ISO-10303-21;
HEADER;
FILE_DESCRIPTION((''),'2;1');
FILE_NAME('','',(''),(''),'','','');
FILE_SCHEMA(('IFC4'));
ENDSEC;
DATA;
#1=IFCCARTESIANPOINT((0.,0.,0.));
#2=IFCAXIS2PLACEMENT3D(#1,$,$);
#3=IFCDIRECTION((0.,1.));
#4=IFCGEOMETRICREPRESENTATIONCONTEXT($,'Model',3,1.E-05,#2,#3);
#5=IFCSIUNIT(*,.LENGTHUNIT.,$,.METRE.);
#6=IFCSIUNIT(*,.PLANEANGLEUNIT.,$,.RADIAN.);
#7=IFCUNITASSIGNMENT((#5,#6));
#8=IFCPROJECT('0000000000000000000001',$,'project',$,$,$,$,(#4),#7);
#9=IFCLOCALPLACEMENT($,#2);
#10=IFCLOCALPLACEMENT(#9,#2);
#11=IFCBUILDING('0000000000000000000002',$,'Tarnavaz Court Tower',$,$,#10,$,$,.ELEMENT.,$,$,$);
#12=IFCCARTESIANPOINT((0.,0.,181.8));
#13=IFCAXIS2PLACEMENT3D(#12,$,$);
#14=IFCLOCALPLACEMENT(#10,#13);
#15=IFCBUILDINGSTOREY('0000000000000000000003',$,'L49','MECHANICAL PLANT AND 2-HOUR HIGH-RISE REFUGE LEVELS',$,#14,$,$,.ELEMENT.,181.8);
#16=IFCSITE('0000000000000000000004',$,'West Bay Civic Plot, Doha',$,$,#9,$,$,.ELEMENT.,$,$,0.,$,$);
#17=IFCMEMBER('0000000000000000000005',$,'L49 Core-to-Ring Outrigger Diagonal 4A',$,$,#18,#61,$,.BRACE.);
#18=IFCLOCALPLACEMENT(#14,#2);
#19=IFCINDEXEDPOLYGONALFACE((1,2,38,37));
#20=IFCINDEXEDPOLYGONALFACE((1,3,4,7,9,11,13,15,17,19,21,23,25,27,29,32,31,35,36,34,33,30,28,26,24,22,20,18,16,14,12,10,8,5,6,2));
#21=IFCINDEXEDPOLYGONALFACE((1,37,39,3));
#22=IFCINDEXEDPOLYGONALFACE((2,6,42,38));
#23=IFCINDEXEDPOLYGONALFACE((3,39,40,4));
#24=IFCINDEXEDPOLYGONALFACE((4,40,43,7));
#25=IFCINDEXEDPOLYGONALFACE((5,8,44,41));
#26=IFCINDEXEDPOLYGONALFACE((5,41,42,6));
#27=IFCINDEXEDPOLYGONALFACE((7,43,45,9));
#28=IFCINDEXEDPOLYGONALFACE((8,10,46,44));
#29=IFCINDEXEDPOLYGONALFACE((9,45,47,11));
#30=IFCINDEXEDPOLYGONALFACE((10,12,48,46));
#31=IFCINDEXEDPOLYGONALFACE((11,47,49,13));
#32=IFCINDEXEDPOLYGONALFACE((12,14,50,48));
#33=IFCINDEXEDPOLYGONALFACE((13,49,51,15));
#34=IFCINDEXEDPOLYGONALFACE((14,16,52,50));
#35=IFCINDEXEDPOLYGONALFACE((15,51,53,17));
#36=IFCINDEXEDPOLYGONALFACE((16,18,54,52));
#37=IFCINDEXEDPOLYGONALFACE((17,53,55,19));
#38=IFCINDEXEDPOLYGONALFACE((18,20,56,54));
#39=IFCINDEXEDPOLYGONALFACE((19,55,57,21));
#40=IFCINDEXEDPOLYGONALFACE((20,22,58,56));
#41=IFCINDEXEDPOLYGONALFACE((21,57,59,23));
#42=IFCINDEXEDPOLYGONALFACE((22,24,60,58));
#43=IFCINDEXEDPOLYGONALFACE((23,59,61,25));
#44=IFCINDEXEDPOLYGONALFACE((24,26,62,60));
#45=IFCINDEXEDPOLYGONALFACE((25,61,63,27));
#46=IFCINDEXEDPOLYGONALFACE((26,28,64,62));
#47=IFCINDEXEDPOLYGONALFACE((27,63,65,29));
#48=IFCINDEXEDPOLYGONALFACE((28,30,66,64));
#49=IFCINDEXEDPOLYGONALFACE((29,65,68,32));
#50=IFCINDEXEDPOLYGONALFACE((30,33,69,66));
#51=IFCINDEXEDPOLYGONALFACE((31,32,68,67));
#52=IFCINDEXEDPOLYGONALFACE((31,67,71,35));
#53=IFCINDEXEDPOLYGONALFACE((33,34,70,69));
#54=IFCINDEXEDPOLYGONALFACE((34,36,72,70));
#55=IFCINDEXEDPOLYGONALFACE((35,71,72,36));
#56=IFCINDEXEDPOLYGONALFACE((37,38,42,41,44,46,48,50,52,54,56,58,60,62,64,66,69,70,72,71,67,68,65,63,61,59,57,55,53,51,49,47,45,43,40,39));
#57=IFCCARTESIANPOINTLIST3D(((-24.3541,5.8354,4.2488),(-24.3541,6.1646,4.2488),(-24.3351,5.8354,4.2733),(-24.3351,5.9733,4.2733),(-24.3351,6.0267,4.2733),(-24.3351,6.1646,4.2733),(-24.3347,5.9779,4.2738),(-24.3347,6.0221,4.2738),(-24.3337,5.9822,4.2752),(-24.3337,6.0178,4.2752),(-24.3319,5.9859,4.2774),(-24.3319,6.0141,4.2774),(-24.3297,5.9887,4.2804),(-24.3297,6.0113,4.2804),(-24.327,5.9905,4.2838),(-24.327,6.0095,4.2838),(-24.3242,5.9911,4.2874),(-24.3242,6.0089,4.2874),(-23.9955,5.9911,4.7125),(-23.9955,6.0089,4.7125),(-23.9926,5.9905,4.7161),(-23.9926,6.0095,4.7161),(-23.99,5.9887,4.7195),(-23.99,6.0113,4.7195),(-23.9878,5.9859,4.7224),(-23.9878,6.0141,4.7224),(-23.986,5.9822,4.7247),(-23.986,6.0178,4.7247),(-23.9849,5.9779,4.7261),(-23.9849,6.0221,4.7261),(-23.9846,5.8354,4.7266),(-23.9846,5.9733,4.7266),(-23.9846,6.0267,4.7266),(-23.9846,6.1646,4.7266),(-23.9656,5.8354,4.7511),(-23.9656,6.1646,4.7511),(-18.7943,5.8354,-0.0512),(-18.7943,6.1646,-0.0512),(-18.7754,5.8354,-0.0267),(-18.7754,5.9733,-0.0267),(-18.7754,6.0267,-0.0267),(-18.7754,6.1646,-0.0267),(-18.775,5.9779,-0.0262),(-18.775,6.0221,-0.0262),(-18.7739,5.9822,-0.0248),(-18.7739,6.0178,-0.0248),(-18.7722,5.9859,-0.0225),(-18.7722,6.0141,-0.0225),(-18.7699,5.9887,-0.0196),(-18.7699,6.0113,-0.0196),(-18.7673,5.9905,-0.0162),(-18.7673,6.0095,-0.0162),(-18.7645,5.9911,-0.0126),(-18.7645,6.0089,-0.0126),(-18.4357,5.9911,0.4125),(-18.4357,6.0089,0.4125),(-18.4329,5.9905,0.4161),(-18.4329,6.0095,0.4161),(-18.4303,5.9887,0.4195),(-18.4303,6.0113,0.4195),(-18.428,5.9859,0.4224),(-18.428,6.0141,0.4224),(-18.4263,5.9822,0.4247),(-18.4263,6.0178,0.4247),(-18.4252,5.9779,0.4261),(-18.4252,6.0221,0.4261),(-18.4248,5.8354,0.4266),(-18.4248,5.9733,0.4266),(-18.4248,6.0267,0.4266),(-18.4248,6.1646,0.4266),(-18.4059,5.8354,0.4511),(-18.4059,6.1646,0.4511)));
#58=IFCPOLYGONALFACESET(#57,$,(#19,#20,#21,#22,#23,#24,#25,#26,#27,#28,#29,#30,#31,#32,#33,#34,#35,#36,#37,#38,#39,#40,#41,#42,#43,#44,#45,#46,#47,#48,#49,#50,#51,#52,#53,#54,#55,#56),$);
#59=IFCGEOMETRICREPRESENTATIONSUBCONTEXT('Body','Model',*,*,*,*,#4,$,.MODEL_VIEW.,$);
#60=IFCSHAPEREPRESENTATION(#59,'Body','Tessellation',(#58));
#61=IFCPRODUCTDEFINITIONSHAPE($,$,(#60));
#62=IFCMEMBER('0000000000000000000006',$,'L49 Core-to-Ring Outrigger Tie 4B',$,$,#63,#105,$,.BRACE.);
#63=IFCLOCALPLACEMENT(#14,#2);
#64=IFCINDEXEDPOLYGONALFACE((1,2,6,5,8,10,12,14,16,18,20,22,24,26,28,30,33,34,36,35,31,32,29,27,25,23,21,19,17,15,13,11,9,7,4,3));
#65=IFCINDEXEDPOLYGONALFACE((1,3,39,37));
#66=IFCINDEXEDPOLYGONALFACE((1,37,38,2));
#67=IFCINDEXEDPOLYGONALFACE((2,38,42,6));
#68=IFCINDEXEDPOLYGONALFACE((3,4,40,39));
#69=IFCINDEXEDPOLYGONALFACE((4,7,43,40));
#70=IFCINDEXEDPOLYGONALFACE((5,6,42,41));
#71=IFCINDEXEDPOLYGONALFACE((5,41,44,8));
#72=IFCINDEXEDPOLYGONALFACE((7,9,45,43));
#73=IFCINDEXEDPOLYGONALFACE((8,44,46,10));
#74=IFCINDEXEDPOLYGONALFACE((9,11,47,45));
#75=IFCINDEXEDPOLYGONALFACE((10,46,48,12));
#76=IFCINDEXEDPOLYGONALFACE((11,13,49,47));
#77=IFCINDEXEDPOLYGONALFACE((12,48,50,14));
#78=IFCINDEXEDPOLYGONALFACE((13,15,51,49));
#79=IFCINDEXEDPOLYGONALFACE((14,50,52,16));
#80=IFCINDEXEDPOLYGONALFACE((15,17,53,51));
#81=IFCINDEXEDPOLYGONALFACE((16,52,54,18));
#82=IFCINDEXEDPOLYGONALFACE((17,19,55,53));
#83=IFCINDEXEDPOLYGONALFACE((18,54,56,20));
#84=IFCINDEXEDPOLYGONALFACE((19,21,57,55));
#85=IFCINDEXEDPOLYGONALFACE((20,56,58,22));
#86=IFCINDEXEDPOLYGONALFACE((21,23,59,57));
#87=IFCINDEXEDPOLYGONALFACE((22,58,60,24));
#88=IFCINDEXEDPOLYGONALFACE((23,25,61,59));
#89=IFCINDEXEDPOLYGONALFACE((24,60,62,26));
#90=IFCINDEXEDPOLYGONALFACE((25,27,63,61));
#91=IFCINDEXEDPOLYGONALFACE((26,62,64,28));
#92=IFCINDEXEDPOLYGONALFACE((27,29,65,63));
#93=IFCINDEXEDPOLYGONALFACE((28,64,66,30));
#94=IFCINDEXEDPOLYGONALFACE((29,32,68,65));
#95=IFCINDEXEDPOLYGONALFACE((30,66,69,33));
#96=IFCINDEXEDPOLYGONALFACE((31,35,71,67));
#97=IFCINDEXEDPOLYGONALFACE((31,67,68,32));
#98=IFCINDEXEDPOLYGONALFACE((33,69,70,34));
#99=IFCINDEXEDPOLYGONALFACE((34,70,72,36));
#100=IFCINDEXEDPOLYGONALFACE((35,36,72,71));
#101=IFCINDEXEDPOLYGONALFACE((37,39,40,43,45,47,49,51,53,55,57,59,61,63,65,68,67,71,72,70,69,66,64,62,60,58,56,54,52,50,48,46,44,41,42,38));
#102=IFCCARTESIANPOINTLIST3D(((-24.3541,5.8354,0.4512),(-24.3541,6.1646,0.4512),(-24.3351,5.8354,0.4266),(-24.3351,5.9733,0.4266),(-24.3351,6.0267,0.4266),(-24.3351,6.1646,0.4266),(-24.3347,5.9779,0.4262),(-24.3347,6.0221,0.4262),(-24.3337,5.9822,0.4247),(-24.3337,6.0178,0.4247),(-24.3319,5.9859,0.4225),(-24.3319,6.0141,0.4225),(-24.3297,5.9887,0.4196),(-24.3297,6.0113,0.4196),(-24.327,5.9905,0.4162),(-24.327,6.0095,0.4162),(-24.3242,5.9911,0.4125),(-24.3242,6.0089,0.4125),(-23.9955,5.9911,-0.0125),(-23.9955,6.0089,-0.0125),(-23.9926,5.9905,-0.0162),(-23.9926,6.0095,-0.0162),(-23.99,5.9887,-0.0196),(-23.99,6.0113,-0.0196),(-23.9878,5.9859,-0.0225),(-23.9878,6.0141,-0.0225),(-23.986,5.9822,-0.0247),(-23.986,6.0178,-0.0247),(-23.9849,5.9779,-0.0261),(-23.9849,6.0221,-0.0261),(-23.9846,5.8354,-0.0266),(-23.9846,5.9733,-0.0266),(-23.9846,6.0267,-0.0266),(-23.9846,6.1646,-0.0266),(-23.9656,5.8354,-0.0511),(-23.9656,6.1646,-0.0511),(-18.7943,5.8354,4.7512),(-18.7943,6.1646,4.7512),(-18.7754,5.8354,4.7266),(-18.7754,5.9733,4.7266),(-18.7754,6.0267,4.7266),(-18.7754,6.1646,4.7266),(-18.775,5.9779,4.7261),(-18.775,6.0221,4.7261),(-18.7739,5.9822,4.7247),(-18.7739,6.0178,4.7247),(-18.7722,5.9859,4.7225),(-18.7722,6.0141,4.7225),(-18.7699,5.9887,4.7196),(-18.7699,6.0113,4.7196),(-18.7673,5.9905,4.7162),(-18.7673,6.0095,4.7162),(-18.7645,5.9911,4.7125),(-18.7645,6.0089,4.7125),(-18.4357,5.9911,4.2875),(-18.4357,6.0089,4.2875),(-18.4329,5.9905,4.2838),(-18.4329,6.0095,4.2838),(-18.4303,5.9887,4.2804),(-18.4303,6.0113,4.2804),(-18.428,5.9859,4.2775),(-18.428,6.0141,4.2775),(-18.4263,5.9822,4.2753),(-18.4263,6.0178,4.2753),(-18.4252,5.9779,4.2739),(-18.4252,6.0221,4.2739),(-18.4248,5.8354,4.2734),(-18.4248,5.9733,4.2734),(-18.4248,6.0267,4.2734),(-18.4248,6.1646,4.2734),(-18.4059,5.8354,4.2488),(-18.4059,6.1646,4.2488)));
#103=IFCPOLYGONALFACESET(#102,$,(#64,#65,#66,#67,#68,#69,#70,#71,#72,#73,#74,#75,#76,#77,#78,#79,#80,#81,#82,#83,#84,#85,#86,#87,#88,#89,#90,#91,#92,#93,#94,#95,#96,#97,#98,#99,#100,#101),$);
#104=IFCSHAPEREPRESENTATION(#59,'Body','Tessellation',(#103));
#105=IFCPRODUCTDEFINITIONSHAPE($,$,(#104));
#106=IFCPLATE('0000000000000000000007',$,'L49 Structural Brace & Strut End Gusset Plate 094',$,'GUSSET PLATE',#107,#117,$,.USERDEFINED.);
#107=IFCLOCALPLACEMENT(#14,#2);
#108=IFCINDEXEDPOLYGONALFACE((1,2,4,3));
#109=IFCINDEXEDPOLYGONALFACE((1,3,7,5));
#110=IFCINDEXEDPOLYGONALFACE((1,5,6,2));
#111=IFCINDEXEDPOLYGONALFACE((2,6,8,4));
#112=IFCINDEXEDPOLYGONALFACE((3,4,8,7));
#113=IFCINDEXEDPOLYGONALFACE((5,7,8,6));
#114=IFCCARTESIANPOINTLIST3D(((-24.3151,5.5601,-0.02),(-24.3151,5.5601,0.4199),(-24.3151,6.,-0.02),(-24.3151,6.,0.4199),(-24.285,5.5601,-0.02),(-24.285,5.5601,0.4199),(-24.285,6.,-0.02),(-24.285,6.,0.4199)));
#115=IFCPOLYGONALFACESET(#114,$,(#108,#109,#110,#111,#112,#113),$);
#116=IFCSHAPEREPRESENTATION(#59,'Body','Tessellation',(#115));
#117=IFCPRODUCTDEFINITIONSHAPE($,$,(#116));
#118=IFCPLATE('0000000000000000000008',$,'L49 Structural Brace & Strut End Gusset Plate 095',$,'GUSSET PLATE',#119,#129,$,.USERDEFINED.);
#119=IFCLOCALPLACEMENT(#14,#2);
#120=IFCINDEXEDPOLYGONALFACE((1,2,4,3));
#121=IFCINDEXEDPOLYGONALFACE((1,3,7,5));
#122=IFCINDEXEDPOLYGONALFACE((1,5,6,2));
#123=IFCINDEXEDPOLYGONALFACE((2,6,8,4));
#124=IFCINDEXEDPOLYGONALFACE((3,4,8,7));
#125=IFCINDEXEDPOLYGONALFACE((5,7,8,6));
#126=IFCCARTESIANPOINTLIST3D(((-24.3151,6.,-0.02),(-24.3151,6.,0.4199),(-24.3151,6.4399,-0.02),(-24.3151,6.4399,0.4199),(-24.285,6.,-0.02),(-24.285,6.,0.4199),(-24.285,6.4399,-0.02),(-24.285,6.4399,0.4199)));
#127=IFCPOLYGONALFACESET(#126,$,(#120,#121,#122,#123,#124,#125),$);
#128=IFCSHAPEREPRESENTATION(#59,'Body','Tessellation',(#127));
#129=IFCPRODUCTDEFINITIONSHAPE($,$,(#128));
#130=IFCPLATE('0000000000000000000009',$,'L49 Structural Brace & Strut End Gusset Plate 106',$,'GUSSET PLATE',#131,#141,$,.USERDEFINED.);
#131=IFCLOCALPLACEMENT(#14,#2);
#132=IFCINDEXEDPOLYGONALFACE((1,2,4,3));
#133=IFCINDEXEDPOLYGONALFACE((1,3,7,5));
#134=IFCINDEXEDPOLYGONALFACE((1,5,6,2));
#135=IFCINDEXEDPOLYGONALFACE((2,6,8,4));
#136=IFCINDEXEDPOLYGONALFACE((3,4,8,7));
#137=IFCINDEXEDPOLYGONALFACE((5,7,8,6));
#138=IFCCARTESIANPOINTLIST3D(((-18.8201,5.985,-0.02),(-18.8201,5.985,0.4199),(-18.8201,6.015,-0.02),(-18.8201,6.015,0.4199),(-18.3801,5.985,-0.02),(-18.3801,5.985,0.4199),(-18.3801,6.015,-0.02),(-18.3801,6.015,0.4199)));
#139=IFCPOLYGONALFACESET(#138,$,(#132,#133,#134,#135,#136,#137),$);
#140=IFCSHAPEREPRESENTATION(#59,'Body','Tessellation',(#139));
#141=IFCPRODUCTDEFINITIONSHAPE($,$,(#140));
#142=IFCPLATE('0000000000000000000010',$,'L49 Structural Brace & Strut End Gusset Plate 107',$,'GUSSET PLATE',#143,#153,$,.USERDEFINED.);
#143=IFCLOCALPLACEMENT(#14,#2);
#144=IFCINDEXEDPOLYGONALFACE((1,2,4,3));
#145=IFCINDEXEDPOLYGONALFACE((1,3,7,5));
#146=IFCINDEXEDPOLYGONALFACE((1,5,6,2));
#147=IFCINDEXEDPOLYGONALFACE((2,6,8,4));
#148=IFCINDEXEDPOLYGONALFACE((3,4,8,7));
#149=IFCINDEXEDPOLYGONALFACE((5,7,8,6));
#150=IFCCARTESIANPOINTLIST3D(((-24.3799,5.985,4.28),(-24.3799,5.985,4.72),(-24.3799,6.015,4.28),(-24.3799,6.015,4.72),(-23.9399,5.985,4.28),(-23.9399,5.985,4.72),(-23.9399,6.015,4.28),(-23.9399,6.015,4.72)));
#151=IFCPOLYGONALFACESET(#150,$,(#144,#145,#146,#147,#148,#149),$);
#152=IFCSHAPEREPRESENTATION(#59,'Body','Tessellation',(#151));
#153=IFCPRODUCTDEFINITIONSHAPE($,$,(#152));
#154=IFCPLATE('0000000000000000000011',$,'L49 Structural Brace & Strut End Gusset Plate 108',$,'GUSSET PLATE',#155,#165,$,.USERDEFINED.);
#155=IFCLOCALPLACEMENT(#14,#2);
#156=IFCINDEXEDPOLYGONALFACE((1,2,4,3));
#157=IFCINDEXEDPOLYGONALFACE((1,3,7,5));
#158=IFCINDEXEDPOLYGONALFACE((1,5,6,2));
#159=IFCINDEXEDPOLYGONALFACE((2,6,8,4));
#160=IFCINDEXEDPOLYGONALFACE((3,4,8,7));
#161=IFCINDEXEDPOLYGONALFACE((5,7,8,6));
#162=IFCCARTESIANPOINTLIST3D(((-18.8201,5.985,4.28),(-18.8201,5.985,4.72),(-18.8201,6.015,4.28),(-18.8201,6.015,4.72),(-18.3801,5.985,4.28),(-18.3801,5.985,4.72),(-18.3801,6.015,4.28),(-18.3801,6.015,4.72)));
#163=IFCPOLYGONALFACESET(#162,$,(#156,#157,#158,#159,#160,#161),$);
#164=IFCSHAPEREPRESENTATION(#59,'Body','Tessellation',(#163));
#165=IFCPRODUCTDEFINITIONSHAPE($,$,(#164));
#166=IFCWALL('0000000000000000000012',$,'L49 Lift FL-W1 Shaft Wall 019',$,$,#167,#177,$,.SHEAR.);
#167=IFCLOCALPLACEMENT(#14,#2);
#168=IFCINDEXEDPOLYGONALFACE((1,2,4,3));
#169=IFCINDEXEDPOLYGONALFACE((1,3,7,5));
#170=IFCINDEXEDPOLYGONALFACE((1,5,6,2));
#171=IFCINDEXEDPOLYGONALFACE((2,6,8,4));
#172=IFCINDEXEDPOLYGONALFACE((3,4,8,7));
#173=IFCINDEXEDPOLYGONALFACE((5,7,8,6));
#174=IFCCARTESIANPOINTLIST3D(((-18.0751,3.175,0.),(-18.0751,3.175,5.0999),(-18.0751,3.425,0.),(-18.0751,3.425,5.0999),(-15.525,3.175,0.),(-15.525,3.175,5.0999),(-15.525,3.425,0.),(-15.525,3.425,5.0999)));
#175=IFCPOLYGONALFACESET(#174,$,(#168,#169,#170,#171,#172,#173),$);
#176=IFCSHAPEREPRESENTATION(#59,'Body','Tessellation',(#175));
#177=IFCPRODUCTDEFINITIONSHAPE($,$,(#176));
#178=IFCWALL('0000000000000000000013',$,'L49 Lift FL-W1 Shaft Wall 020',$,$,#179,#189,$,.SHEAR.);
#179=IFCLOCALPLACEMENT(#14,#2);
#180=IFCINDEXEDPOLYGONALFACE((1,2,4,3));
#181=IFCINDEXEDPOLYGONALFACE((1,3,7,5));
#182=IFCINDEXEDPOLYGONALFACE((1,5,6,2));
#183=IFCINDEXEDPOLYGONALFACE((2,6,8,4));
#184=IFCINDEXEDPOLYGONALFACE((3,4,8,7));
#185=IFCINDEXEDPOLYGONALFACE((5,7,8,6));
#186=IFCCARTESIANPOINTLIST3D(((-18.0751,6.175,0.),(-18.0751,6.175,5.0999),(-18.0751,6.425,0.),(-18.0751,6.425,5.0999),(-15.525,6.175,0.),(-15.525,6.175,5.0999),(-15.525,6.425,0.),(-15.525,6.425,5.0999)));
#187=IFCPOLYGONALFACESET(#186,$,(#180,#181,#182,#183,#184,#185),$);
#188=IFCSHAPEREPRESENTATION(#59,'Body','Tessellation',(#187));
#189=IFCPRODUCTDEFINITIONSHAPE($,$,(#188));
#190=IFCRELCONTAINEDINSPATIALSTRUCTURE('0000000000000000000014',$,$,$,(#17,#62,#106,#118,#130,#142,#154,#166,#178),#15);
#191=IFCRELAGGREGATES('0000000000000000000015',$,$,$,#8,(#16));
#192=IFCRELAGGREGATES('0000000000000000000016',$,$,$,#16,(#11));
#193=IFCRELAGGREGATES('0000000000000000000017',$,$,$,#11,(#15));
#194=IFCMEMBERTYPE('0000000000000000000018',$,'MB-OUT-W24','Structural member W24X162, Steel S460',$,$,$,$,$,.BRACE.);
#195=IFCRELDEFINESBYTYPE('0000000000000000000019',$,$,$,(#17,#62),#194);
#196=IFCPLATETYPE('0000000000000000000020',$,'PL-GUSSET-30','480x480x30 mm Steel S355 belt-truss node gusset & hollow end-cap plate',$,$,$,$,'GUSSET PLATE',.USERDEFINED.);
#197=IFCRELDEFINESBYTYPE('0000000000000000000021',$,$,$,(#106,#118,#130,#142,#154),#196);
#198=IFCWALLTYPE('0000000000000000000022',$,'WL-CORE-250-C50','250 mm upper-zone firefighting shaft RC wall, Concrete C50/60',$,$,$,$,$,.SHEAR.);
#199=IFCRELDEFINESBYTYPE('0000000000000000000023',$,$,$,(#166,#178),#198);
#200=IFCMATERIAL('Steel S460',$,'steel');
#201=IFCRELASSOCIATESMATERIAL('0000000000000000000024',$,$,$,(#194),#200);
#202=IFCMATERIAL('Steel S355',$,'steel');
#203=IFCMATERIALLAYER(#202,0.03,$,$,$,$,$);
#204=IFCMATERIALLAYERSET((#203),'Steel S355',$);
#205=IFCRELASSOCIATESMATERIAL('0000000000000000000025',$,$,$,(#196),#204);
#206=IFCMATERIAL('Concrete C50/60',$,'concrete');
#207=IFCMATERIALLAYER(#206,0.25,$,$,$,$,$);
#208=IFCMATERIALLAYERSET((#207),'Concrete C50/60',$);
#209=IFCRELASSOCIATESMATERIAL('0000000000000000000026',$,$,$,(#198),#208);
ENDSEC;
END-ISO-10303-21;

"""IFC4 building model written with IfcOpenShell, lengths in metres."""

from ifc_helpers import new_model, si_unit, direction, frame, frame_2d, origin, origin_2d, place, context, subcontext, project, spatial, rectangle, i_section, extrude, material, layer, layer_set, material_profile, profile_set, type_object, element, save


model = new_model("IFC4")

# Units and contexts
model_context = context("Model", 3, precision=1e-05, world=origin(), true_north=direction((0.0, 1.0)))
body_context = subcontext(model_context, "Body", "Model", "MODEL_VIEW")
ifc_project = project(units=[si_unit("LENGTHUNIT", "METRE"), si_unit("PLANEANGLEUNIT", "RADIAN")], contexts=[model_context])

# Site, building, storey
site_placement = place(None, origin())
site = spatial("IfcSite", under=ifc_project, at=site_placement, Name="West Bay Civic Plot, Doha", CompositionType="ELEMENT", RefElevation=0.0)
building_placement = place(site_placement, origin())
building = spatial("IfcBuilding", under=site, at=building_placement, Name="Tarnavaz Court Tower", CompositionType="ELEMENT")
storey_placement = place(building_placement, frame((0.0, 0.0, 181.8)))
storey = spatial("IfcBuildingStorey", under=building, at=storey_placement, Name="L49", Description="MECHANICAL PLANT AND 2-HOUR HIGH-RISE REFUGE LEVELS", CompositionType="ELEMENT", Elevation=181.8)

# Shared definitions
ifc_material_1 = material(Name="Steel S460", Category="steel")

# Shared definitions
ifc_material_2 = material(Name="Concrete C50/60", Category="concrete")

# Members
ifc_material_profile_1 = material_profile(ifc_material_1, i_section(OverallWidth=0.3291, OverallDepth=0.635, WebThickness=0.0178, FlangeThickness=0.031, FilletRadius=0.0178, at=origin_2d()), Name="W24X162")
ifc_profile_set_1 = profile_set([ifc_material_profile_1], Name="Steel S460")
member_type_1 = type_object("IfcMemberType", Name="MB-OUT-W24", Description="Structural member W24X162, Steel S460", PredefinedType="BRACE", material=ifc_profile_set_1)
for number, where, z_axis, x_axis, name in (
    (1, (-18.6001, 6.0, 0.2), (-0.791021, 0.0, 0.611789), (0.0, -1.0, 0.0), "L49 Core-to-Ring Outrigger Diagonal 4A"),
    (2, (-18.6001, 6.0, 4.5), (-0.791021, 0.0, -0.611789), (0.0, -1.0, 0.0), "L49 Core-to-Ring Outrigger Tie 4B"),
):
    element("IfcMember", number, at=place(storey_placement, frame(where, z_axis=z_axis, x_axis=x_axis)), inside=storey, type_object=member_type_1, Name=name, PredefinedType="BRACE", context=body_context, shape_type="SweptSolid", body=[
        extrude(i_section(OverallWidth=0.3291, OverallDepth=0.635, WebThickness=0.0178, FlangeThickness=0.031, FilletRadius=0.0178, at=origin_2d()), origin(), (0.0, 0.0, 1.0), 7.0286),
    ])

# Plates
ifc_material_3 = material(Name="Steel S355", Category="steel")
ifc_layer_1 = layer(ifc_material_3, 0.03)
ifc_layer_set_1 = layer_set([ifc_layer_1], Name="Steel S355")
plate_type = type_object("IfcPlateType", Name="PL-GUSSET-30", Description="480x480x30 mm Steel S355 belt-truss node gusset & hollow end-cap plate", ElementType="GUSSET PLATE", PredefinedType="USERDEFINED", material=ifc_layer_set_1)
for number, where, z_axis, x_axis, name in (
    (3, (-24.3, 5.78, -0.02), (0.0, 0.0, 1.0), (0.0, 1.0, 0.0), "L49 Structural Brace & Strut End Gusset Plate 094"),
    (4, (-24.3, 6.22, -0.02), (0.0, 0.0, 1.0), (0.0, 1.0, 0.0), "L49 Structural Brace & Strut End Gusset Plate 095"),
    (5, (-18.6001, 6.0, -0.02), (0.0, 0.0, 1.0), (1.0, 0.0, 0.0), "L49 Structural Brace & Strut End Gusset Plate 106"),
    (6, (-24.1599, 6.0, 4.28), (0.0, 0.0, 1.0), (1.0, 0.0, 0.0), "L49 Structural Brace & Strut End Gusset Plate 107"),
    (7, (-18.6001, 6.0, 4.28), (0.0, 0.0, 1.0), (1.0, 0.0, 0.0), "L49 Structural Brace & Strut End Gusset Plate 108"),
):
    element("IfcPlate", number, at=place(storey_placement, frame(where, z_axis=z_axis, x_axis=x_axis)), inside=storey, type_object=plate_type, Name=name, ObjectType="GUSSET PLATE", PredefinedType="USERDEFINED", context=body_context, shape_type="SweptSolid", body=[
        extrude(rectangle(XDim=0.4399, YDim=0.03, at=origin_2d()), origin(), (0.0, 0.0, 1.0), 0.4399),
    ])

# Walls
ifc_layer_2 = layer(ifc_material_2, 0.25)
ifc_layer_set_2 = layer_set([ifc_layer_2], Name="Concrete C50/60")
wall_type_1 = type_object("IfcWallType", Name="WL-CORE-250-C50", Description="250 mm upper-zone firefighting shaft RC wall, Concrete C50/60", PredefinedType="SHEAR", material=ifc_layer_set_2)
for number, where, z_axis, x_axis, name in (
    (8, (-18.075, 3.3, 0.0), (0.0, 0.0, 1.0), (1.0, 0.0, 0.0), "L49 Lift FL-W1 Shaft Wall 019"),
    (9, (-18.075, 6.3, 0.0), (0.0, 0.0, 1.0), (1.0, 0.0, 0.0), "L49 Lift FL-W1 Shaft Wall 020"),
):
    element("IfcWall", number, at=place(storey_placement, frame(where, z_axis=z_axis, x_axis=x_axis)), inside=storey, type_object=wall_type_1, Name=name, PredefinedType="SHEAR", context=body_context, shape_type="SweptSolid", body=[
        extrude(rectangle(XDim=2.55, YDim=0.25, at=frame_2d((1.2749, 0.0))), origin(), (0.0, 0.0, 1.0), 5.0999),
    ])

save(model, "model.ifc")
